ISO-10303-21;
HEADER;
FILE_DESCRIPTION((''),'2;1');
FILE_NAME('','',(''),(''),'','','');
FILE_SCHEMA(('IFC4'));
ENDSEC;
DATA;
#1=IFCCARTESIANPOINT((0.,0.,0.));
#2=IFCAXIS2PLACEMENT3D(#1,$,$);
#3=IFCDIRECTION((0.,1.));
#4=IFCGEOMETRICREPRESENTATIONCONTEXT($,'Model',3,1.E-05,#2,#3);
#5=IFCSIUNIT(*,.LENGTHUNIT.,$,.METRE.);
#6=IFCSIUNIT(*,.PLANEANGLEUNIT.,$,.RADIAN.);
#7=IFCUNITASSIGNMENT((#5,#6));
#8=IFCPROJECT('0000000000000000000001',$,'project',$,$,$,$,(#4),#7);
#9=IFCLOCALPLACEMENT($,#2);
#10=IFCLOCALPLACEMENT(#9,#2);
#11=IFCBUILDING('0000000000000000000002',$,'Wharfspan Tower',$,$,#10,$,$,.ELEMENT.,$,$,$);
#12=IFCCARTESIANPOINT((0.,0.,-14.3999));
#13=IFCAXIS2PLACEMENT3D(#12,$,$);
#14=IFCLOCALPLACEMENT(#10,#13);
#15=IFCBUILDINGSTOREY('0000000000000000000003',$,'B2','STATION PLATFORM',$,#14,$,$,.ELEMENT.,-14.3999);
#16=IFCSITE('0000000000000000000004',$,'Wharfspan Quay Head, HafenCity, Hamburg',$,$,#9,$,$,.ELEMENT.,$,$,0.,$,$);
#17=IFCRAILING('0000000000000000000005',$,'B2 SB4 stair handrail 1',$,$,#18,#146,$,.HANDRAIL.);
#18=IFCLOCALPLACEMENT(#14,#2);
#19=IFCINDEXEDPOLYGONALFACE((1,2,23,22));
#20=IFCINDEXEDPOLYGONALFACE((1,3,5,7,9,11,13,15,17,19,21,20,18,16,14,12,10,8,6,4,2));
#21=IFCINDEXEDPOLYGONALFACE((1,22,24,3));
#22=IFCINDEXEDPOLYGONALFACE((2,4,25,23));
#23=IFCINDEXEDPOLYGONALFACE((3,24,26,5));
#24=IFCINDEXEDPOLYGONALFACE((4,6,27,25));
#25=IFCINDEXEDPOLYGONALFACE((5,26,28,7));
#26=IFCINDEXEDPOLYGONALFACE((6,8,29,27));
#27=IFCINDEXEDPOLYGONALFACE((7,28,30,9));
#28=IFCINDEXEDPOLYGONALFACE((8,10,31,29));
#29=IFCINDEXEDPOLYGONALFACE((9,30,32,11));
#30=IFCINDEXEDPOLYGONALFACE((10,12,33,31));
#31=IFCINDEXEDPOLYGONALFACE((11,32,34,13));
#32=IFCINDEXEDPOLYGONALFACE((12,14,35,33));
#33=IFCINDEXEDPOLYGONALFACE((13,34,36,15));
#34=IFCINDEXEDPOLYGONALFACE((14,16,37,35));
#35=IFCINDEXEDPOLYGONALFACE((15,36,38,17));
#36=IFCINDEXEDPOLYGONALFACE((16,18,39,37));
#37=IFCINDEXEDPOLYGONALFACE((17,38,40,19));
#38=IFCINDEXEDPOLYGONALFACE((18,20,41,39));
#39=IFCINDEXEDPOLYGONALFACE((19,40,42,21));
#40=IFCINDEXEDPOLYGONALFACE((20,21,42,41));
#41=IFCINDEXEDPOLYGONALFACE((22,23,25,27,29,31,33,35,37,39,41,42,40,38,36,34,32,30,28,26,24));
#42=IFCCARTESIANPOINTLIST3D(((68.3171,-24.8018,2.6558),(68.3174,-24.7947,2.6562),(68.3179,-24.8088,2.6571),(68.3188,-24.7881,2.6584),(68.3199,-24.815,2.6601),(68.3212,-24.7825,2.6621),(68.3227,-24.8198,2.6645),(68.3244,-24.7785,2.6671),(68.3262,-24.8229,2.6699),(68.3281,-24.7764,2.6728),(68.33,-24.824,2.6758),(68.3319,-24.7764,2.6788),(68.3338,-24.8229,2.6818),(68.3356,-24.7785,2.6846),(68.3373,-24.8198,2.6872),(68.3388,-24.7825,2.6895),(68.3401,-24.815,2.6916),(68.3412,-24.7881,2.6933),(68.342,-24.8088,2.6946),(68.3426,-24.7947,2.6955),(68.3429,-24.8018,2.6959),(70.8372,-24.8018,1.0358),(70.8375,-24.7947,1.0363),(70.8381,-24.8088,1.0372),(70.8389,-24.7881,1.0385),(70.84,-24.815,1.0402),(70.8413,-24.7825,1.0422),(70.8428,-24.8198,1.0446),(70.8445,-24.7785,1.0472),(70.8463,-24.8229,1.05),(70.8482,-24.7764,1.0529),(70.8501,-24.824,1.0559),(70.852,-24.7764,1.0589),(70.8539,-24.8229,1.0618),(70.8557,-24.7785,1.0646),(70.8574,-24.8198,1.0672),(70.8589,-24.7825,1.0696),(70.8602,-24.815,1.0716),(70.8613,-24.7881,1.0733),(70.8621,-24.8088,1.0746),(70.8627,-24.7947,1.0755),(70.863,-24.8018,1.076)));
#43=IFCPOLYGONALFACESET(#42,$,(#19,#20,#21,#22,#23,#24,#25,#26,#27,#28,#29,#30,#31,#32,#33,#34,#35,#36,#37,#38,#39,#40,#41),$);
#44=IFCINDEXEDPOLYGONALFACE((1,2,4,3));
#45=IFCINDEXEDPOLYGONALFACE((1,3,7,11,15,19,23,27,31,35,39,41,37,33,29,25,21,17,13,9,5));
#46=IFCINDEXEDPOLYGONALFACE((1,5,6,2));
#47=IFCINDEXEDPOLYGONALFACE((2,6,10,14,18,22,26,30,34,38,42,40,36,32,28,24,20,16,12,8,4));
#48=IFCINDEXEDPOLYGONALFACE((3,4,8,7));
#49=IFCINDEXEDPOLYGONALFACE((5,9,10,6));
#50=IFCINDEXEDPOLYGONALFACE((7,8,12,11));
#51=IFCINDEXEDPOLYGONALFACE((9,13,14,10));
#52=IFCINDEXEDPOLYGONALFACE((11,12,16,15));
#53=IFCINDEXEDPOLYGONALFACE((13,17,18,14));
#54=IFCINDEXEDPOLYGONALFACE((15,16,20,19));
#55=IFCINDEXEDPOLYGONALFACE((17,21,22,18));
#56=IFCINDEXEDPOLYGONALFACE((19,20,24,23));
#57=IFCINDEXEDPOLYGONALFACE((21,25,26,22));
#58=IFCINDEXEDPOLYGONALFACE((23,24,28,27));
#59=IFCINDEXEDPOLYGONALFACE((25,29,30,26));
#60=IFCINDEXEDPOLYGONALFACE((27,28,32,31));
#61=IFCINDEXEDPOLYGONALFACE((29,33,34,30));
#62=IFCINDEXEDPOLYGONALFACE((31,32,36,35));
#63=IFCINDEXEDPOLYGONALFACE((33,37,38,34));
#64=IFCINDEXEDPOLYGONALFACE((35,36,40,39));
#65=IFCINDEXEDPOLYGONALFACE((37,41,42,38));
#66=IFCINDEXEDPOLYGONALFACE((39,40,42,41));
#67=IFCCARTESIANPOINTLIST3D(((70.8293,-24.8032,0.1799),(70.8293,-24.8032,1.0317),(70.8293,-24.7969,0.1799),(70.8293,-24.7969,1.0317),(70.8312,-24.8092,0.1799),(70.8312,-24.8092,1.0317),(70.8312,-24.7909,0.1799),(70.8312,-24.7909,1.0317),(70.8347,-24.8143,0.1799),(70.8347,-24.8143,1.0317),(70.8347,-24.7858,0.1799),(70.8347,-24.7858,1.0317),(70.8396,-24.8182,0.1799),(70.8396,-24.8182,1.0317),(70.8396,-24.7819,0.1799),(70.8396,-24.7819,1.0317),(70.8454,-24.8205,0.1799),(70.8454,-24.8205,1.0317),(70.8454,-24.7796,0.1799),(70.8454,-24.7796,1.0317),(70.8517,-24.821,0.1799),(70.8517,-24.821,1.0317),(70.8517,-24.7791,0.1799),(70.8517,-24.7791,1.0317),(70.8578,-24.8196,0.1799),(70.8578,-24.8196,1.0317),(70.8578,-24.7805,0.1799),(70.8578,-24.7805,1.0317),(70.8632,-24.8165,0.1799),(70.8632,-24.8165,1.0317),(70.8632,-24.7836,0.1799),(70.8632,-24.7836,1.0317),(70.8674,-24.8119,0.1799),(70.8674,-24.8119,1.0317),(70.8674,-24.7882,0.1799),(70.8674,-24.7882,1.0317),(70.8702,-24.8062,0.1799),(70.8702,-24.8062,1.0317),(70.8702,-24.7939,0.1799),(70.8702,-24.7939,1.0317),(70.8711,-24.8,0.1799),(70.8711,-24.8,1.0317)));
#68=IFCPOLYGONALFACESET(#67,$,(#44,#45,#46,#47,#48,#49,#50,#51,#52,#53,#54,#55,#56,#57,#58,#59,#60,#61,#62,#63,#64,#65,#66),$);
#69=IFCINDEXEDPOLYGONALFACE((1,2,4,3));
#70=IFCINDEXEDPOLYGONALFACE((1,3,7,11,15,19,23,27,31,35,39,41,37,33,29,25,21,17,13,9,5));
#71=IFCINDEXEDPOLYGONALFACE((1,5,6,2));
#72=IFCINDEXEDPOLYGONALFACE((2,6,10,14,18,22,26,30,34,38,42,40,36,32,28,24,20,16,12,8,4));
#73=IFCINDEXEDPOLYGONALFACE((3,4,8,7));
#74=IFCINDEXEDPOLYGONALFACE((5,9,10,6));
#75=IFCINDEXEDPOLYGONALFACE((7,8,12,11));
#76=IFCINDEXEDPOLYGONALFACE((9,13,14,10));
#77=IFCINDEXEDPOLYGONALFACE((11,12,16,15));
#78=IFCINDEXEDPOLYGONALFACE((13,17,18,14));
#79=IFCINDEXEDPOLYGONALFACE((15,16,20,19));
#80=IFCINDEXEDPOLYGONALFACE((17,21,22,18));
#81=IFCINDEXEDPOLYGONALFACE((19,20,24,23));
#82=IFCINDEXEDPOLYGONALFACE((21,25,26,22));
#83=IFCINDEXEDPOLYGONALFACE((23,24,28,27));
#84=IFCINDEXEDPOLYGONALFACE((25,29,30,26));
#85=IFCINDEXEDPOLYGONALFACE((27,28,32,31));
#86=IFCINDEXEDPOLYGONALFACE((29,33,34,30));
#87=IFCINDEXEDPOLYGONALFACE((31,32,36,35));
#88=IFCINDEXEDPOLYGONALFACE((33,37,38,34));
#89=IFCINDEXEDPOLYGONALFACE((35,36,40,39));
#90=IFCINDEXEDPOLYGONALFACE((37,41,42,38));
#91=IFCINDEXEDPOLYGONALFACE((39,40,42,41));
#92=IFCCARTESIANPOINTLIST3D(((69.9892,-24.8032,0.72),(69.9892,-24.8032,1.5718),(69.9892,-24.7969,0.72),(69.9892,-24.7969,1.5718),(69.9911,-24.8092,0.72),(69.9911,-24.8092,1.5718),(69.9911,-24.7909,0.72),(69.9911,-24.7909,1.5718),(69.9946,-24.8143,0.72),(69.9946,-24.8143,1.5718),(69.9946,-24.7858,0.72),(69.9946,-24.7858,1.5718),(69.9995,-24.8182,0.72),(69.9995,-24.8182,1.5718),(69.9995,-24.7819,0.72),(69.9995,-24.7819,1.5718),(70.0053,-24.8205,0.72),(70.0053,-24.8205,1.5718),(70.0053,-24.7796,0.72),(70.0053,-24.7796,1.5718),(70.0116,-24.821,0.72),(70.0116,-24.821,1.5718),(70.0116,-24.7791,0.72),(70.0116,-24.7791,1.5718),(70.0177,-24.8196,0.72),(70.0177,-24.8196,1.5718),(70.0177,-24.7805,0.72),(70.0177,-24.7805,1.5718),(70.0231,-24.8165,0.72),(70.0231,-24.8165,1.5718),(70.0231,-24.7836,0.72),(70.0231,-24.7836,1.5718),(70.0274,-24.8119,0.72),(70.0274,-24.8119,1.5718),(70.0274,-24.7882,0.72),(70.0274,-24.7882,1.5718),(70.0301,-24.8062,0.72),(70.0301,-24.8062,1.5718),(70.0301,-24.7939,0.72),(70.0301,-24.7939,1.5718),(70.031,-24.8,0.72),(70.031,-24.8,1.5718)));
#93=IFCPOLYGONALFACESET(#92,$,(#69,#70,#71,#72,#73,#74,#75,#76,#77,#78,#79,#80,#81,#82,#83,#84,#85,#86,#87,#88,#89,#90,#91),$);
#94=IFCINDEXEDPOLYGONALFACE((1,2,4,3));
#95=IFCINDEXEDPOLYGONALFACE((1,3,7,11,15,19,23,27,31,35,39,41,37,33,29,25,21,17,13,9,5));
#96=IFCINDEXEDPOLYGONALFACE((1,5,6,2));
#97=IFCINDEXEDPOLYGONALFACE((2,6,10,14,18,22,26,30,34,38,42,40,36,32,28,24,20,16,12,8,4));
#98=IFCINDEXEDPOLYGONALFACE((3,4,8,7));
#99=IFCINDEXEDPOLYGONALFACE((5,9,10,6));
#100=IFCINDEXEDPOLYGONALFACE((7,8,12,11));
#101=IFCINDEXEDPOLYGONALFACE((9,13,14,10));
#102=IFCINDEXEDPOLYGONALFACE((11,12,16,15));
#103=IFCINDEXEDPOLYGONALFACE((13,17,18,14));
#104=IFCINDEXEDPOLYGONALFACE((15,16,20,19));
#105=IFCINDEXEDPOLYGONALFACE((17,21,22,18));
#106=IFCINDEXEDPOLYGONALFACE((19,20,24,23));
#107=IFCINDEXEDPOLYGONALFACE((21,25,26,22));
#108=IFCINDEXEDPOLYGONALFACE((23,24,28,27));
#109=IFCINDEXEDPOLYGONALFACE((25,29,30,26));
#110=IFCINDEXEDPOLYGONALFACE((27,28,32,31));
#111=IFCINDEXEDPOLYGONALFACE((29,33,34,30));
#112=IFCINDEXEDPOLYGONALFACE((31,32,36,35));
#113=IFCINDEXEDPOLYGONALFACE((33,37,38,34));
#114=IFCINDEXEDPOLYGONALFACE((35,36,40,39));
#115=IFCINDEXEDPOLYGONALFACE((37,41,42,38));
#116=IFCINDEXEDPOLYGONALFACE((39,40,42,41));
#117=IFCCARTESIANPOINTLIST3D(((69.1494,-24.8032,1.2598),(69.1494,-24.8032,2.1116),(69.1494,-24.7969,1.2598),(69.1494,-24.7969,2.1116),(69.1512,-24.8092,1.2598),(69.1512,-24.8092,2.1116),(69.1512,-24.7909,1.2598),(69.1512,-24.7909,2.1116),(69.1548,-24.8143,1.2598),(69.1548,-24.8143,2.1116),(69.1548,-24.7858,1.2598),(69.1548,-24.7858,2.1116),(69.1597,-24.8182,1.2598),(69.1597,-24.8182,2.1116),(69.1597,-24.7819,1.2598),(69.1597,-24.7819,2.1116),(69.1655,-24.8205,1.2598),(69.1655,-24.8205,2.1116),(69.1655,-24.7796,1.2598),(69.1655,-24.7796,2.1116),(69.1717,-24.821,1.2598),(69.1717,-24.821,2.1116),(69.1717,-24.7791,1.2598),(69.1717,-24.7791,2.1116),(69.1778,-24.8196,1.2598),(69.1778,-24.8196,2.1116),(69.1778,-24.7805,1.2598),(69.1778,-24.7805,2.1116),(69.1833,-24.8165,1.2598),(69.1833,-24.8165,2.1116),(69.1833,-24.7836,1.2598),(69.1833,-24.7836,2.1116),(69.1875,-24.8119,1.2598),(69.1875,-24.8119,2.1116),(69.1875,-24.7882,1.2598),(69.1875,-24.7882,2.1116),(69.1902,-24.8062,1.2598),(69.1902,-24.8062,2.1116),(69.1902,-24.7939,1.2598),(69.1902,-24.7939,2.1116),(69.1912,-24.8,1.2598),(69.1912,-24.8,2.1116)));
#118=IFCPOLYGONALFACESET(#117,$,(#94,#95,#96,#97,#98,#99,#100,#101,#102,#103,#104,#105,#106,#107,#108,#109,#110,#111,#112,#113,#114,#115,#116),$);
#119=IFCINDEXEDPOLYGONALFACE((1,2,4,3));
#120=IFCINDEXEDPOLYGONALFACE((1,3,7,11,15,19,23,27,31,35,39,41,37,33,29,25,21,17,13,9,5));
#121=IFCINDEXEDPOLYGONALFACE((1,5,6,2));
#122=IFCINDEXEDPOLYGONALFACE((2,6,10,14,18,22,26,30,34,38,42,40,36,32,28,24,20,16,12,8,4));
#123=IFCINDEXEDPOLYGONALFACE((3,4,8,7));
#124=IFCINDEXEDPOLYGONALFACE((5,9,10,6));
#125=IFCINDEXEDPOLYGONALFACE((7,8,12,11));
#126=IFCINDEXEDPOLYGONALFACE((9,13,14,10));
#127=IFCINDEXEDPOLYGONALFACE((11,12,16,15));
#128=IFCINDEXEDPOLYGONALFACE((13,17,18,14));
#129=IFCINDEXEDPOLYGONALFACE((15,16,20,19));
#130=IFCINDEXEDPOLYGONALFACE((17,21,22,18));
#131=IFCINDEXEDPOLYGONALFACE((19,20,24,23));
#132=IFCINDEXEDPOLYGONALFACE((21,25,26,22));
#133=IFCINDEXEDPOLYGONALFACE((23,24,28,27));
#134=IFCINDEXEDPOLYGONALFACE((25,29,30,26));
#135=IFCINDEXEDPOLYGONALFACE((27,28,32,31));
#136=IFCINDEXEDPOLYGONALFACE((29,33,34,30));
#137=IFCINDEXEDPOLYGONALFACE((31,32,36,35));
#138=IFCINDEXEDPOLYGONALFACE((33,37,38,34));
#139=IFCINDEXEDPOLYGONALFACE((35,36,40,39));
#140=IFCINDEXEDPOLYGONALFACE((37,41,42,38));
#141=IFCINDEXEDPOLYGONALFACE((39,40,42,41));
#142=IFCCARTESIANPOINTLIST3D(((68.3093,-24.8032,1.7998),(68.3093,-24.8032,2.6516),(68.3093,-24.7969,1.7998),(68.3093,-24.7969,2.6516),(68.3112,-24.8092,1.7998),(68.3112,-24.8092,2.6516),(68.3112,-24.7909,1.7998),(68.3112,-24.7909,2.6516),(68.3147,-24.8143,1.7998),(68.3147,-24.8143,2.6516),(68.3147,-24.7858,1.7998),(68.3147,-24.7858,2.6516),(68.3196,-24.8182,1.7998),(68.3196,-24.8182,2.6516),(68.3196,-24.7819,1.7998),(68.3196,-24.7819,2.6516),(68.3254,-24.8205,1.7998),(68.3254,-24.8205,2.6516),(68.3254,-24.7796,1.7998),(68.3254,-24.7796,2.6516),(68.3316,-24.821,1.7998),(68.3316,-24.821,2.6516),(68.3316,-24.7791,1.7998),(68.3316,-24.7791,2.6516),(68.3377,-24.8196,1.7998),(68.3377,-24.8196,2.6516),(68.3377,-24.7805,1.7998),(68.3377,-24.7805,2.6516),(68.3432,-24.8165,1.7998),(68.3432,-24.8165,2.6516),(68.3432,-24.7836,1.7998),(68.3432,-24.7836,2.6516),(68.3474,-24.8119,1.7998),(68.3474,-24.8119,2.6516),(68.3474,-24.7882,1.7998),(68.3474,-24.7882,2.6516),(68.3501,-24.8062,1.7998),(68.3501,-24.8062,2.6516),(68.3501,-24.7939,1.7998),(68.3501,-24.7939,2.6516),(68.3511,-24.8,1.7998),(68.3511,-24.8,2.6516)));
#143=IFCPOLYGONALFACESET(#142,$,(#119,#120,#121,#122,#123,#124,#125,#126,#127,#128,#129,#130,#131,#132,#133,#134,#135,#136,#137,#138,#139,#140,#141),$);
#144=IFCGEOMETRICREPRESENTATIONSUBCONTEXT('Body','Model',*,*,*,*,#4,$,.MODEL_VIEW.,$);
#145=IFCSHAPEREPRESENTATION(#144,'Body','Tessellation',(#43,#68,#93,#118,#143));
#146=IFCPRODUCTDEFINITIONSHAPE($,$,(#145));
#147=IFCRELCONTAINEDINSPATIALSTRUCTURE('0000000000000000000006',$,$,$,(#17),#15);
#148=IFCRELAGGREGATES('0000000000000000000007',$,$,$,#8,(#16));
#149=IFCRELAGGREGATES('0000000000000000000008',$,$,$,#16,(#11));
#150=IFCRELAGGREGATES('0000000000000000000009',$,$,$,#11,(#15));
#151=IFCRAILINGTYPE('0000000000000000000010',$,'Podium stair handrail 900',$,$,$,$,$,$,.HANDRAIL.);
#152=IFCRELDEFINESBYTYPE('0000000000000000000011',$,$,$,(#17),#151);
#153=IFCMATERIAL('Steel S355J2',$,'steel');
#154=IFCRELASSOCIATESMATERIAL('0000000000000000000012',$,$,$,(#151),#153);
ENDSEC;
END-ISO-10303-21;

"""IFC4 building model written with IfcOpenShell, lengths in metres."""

from ifc_helpers import new_model, si_unit, direction, frame, origin, origin_2d, place, context, subcontext, project, spatial, circle, extrude, material, type_object, element, save


model = new_model("IFC4")

# Units and contexts
model_context = context("Model", 3, precision=1e-05, world=origin(), true_north=direction((0.0, 1.0)))
body_context = subcontext(model_context, "Body", "Model", "MODEL_VIEW")
ifc_project = project(units=[si_unit("LENGTHUNIT", "METRE"), si_unit("PLANEANGLEUNIT", "RADIAN")], contexts=[model_context])

# Site, building, storey
site_placement = place(None, origin())
site = spatial("IfcSite", under=ifc_project, at=site_placement, Name="Wharfspan Quay Head, HafenCity, Hamburg", CompositionType="ELEMENT", RefElevation=0.0)
building_placement = place(site_placement, origin())
building = spatial("IfcBuilding", under=site, at=building_placement, Name="Wharfspan Tower", CompositionType="ELEMENT")
storey_placement = place(building_placement, frame((0.0, 0.0, -14.3999)))
storey = spatial("IfcBuildingStorey", under=building, at=storey_placement, Name="B2", Description="STATION PLATFORM", CompositionType="ELEMENT", Elevation=-14.3999)

# Railing
ifc_material_1 = material(Name="Steel S355J2", Category="steel")
railing_type_1 = type_object("IfcRailingType", Name="Podium stair handrail 900", PredefinedType="HANDRAIL", material=ifc_material_1)
railing_1_placement = place(storey_placement, frame((70.8501, -24.8, 0.1799)))
element("IfcRailing", 1, at=railing_1_placement, inside=storey, type_object=railing_type_1, Name="B2 SB4 stair handrail 1", PredefinedType="HANDRAIL", context=body_context, shape_type="SweptSolid", body=[
    extrude(circle(Radius=0.0239, at=origin_2d()), frame((0.0, 0.0, 0.876), z_axis=(-0.8412, 0.0, 0.540725), x_axis=(0.0, -1.0, 0.0)), (0.0, 0.0, 1.0), 2.9958),
    extrude(circle(Radius=0.021, at=origin_2d()), origin(), (0.0, 0.0, 1.0), 0.8518),
    extrude(circle(Radius=0.021, at=origin_2d()), frame((-0.8401, 0.0, 0.54)), (0.0, 0.0, 1.0), 0.8518),
    extrude(circle(Radius=0.021, at=origin_2d()), frame((-1.6799, 0.0, 1.0798)), (0.0, 0.0, 1.0), 0.8518),
    extrude(circle(Radius=0.021, at=origin_2d()), frame((-2.52, 0.0, 1.6199)), (0.0, 0.0, 1.0), 0.8518),
])

save(model, "model.ifc")
